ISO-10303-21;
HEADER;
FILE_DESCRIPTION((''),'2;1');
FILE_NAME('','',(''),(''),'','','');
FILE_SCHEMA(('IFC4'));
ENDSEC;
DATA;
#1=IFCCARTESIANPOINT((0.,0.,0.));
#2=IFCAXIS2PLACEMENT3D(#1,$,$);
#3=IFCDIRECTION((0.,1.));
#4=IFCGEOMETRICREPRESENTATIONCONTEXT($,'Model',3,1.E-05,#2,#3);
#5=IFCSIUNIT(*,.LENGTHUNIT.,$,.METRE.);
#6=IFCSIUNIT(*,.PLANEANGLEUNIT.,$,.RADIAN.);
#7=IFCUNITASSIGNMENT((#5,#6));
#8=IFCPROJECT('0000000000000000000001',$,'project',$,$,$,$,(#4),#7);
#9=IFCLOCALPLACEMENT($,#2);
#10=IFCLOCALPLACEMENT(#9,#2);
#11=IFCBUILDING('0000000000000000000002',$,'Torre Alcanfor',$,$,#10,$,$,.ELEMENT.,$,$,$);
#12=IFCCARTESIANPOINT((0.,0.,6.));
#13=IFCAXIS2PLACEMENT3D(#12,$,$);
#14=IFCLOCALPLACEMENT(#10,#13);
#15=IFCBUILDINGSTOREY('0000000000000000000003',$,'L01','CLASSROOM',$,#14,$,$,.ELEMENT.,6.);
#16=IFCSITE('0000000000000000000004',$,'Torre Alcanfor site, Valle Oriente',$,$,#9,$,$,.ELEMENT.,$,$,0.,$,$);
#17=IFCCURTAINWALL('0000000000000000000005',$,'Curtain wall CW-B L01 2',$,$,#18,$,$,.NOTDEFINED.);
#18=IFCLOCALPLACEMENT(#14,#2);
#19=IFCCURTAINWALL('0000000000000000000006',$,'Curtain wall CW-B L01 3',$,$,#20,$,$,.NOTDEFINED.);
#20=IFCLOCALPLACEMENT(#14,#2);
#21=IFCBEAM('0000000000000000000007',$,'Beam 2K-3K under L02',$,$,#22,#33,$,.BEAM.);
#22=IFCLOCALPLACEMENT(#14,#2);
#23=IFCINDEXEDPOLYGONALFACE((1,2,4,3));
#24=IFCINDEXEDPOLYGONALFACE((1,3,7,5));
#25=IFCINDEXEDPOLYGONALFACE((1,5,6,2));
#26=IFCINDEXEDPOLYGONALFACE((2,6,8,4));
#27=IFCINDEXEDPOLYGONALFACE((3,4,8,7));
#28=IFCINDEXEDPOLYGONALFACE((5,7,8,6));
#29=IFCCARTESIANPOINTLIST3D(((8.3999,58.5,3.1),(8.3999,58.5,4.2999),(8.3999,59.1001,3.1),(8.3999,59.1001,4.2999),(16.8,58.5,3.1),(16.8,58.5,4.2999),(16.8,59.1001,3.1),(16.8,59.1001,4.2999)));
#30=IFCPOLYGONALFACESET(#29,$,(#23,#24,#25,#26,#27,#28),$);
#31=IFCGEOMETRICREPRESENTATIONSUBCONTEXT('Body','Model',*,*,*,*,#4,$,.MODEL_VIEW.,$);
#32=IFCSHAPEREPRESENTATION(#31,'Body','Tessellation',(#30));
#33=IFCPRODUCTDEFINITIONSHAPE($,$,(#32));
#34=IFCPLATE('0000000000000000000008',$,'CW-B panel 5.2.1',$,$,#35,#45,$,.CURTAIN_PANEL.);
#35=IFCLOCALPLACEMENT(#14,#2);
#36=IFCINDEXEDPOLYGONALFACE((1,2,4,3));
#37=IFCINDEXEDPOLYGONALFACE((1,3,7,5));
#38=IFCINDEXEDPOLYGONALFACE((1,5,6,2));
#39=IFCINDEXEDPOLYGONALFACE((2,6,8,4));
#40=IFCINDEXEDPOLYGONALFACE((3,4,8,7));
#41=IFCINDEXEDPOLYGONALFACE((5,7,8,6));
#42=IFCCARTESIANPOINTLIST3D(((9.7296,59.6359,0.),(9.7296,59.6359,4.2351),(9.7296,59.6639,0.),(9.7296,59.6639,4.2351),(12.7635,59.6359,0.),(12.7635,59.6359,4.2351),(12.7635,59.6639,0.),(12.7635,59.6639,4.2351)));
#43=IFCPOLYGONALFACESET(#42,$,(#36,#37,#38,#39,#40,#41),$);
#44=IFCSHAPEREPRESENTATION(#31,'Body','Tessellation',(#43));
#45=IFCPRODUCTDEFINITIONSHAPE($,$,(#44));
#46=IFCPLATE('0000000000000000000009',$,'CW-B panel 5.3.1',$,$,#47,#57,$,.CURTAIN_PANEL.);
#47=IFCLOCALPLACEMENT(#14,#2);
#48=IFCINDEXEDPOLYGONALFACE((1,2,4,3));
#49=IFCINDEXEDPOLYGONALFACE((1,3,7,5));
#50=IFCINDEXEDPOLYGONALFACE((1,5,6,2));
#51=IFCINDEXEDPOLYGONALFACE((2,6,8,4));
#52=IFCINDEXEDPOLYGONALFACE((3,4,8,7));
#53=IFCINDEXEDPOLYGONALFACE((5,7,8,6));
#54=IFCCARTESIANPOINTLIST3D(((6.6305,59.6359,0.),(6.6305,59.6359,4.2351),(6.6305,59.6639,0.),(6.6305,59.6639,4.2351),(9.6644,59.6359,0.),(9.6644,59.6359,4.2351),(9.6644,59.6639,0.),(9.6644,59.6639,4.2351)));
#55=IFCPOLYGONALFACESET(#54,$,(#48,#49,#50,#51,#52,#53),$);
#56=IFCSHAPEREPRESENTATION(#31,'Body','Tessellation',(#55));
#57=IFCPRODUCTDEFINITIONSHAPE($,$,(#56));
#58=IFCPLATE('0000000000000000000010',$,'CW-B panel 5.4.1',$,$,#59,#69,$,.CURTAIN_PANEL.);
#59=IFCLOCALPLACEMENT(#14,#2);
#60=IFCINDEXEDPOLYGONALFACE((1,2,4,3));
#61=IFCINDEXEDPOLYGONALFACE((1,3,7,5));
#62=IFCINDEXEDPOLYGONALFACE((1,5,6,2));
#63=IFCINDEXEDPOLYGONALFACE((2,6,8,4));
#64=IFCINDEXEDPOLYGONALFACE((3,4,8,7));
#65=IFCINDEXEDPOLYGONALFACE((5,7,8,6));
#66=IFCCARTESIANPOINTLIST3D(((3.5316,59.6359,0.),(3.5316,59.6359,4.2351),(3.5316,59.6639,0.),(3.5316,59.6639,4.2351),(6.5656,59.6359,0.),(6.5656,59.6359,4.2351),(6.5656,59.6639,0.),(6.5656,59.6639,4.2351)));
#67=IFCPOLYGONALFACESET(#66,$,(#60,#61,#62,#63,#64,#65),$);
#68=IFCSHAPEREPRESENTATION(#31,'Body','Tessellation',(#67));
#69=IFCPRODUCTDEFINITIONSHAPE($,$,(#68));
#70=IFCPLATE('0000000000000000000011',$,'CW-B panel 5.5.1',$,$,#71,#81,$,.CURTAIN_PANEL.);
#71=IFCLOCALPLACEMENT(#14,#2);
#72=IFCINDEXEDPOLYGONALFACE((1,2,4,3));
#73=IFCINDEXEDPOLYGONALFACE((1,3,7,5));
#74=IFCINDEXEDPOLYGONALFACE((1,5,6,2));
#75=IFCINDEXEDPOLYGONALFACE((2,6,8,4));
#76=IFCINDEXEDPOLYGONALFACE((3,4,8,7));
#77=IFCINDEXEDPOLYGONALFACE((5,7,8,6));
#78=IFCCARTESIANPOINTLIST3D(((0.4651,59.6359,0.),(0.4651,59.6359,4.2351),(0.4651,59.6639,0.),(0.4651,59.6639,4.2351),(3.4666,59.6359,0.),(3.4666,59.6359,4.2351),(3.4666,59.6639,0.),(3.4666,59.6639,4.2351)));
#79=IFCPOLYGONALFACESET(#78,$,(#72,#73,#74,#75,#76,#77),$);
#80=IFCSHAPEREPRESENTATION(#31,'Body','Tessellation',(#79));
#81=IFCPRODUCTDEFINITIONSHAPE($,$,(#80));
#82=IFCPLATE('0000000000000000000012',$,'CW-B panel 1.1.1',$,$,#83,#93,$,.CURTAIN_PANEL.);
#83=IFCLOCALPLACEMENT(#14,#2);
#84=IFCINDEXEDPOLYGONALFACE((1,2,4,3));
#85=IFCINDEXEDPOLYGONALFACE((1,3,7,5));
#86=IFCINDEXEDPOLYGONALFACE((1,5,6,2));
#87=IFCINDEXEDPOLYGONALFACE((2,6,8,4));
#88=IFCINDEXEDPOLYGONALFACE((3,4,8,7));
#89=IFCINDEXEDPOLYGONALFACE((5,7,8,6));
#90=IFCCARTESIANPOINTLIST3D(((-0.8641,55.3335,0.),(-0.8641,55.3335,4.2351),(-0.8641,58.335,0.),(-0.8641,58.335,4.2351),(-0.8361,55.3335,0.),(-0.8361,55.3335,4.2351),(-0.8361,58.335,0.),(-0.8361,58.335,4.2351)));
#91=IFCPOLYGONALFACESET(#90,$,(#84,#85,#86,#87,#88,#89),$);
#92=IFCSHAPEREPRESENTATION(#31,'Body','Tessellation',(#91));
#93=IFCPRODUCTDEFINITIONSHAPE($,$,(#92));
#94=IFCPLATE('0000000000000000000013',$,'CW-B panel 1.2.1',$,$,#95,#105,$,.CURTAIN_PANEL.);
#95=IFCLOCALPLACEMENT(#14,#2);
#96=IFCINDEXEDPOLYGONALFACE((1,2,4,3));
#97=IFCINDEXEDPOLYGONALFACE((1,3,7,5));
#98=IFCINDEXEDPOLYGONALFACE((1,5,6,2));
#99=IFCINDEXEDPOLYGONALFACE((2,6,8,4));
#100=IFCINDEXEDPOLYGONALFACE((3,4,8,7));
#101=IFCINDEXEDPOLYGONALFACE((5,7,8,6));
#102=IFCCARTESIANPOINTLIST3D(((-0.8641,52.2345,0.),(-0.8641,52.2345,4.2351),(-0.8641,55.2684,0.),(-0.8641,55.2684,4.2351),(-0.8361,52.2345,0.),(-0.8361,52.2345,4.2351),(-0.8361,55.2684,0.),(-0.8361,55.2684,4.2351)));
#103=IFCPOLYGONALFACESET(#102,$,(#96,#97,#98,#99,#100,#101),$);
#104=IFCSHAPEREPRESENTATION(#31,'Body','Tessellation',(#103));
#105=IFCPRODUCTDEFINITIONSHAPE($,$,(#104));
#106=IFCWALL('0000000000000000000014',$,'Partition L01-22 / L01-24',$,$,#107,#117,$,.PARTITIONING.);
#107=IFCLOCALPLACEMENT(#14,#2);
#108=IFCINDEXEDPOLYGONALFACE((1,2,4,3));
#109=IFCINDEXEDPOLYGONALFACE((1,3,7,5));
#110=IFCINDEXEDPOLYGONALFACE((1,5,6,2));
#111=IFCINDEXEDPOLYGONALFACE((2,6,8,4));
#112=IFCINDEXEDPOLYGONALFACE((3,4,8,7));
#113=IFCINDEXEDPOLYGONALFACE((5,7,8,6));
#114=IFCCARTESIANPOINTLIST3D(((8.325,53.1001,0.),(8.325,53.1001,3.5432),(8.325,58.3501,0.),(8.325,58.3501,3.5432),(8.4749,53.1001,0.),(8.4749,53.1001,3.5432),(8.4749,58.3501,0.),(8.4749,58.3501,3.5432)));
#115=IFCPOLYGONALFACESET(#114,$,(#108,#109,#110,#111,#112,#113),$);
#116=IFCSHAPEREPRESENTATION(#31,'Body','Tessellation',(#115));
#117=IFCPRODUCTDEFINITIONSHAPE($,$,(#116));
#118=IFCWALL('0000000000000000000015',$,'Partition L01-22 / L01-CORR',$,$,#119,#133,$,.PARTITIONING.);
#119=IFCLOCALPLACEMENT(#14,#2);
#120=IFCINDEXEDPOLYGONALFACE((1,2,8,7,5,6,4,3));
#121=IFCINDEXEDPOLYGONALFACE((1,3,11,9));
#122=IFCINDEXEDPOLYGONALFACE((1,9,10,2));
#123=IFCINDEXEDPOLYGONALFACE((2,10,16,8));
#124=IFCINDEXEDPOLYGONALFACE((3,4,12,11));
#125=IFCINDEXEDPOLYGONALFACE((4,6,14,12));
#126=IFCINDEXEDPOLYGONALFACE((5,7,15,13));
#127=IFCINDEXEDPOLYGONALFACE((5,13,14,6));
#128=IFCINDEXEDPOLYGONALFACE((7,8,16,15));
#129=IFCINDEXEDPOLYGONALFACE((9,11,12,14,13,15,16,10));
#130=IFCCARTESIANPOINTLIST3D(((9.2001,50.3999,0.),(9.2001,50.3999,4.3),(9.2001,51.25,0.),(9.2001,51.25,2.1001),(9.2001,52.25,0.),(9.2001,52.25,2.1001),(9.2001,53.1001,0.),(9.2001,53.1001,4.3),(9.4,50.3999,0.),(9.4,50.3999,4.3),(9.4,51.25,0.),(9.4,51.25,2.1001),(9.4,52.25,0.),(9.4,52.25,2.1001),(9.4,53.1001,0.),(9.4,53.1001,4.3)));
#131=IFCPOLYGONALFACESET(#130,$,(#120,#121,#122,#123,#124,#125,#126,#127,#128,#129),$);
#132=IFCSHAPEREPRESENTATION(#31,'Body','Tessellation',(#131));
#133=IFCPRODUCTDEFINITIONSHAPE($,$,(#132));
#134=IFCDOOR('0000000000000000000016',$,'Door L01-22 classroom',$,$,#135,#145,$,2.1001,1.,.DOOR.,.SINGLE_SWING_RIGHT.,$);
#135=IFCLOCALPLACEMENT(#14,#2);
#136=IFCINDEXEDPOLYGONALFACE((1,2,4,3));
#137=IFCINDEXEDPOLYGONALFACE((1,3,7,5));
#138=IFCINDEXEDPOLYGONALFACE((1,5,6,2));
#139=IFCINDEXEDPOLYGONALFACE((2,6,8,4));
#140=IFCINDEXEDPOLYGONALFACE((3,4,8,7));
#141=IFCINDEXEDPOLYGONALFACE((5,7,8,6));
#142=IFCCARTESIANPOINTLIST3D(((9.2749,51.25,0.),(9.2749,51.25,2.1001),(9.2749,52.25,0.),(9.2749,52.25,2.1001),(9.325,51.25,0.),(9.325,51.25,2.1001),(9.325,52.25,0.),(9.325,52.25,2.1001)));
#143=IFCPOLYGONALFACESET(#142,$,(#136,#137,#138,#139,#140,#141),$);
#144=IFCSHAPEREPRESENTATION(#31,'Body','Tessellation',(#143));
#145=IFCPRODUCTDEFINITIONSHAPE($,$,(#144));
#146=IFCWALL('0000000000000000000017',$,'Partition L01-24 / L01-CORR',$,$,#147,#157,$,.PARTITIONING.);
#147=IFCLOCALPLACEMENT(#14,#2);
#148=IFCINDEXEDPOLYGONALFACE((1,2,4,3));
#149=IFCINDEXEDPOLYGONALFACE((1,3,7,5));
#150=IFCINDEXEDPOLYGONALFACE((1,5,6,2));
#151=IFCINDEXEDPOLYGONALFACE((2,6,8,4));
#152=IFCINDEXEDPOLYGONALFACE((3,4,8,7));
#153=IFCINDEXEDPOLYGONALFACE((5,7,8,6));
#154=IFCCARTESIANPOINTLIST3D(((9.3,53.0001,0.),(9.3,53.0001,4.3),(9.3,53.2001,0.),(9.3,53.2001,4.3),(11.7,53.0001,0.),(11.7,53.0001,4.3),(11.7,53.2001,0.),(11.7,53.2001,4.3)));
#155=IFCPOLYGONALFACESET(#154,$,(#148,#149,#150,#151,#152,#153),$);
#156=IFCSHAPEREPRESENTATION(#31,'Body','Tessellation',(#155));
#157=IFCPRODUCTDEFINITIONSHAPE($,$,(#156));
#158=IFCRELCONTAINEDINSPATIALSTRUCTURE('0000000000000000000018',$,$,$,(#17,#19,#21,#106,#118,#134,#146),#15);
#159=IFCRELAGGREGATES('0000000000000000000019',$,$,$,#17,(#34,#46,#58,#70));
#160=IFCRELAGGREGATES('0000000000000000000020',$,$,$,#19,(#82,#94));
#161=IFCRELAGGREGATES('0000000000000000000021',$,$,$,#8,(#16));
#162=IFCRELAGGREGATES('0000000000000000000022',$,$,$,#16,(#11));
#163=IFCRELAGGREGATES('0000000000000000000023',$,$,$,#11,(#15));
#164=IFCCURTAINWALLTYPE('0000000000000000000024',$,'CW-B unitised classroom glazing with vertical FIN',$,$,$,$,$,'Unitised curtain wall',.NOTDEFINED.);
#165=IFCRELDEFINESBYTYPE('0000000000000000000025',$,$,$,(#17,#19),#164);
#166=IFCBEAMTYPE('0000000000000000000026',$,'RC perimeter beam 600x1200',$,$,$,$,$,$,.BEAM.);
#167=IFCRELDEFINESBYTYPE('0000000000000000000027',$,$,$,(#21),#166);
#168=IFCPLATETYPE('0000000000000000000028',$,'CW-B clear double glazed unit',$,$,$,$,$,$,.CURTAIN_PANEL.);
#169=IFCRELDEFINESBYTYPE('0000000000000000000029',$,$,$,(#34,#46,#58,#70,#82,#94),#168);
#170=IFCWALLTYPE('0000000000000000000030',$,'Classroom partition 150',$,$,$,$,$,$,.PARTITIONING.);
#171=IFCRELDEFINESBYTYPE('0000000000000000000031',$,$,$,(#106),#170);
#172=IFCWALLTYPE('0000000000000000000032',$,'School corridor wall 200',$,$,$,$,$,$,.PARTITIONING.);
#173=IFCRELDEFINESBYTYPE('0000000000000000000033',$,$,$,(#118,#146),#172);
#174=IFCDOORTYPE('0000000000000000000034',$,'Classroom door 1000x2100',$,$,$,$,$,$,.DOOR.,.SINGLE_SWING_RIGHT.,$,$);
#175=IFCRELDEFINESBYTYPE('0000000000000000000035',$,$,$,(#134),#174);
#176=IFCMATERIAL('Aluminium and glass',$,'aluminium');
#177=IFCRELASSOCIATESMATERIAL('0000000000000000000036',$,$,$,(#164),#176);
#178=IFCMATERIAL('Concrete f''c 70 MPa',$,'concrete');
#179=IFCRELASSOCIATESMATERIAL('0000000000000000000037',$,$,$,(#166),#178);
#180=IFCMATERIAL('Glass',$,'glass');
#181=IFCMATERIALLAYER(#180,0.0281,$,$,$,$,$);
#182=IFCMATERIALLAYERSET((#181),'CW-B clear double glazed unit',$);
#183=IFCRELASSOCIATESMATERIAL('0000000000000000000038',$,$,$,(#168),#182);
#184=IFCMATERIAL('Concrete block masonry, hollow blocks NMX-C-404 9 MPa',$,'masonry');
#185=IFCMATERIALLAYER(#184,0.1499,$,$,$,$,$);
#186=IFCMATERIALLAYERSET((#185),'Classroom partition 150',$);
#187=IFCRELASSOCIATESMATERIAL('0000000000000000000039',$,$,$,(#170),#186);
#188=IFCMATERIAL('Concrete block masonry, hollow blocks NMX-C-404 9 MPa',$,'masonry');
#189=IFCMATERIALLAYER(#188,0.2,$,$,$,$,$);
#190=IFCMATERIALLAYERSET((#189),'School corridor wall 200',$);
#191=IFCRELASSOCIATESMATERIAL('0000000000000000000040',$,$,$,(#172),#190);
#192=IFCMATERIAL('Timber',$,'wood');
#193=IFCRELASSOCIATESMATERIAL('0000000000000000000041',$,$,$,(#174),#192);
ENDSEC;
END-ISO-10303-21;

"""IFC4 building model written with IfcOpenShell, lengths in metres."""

from ifc_helpers import new_model, si_unit, direction, frame, frame_2d, origin, origin_2d, place, context, subcontext, project, spatial, rectangle, extrude, material, layer, layer_set, material_profile, profile_set, type_object, element, fill, aggregate, save


model = new_model("IFC4")

# Units and contexts
model_context = context("Model", 3, precision=1e-05, world=origin(), true_north=direction((0.0, 1.0)))
body_context = subcontext(model_context, "Body", "Model", "MODEL_VIEW")
ifc_project = project(units=[si_unit("LENGTHUNIT", "METRE"), si_unit("PLANEANGLEUNIT", "RADIAN")], contexts=[model_context])

# Site, building, storey
site_placement = place(None, origin())
site = spatial("IfcSite", under=ifc_project, at=site_placement, Name="Torre Alcanfor site, Valle Oriente", CompositionType="ELEMENT", RefElevation=0.0)
building_placement = place(site_placement, origin())
building = spatial("IfcBuilding", under=site, at=building_placement, Name="Torre Alcanfor", CompositionType="ELEMENT")
storey_placement = place(building_placement, frame((0.0, 0.0, 6.0)))
storey = spatial("IfcBuildingStorey", under=building, at=storey_placement, Name="L01", Description="CLASSROOM", CompositionType="ELEMENT", Elevation=6.0)

# Curtain walls
ifc_material_1 = material(Name="Aluminium and glass", Category="aluminium")
curtain_wall_type = type_object("IfcCurtainWallType", Name="CW-B unitised classroom glazing with vertical FIN", ElementType="Unitised curtain wall", PredefinedType="NOTDEFINED", material=ifc_material_1)
curtain_wall_1_placement = place(storey_placement, origin())
curtain_wall_1 = element("IfcCurtainWall", 1, at=curtain_wall_1_placement, inside=storey, type_object=curtain_wall_type, Name="Curtain wall CW-B L01 2", PredefinedType="NOTDEFINED")
curtain_wall_2_placement = place(storey_placement, origin())
curtain_wall_2 = element("IfcCurtainWall", 2, at=curtain_wall_2_placement, inside=storey, type_object=curtain_wall_type, Name="Curtain wall CW-B L01 3", PredefinedType="NOTDEFINED")

# Beam
ifc_material_2 = material(Name="Concrete f'c 70 MPa", Category="concrete")
ifc_material_profile_1 = material_profile(ifc_material_2, rectangle(XDim=0.6001, YDim=1.2, at=origin_2d()), Name="600x1200")
ifc_profile_set_1 = profile_set([ifc_material_profile_1], Name="Concrete f'c 70 MPa")
beam_type = type_object("IfcBeamType", Name="RC perimeter beam 600x1200", PredefinedType="BEAM", material=ifc_profile_set_1)
beam_1_placement = place(storey_placement, frame((8.3999, 58.8, 3.7), z_axis=(1.0, 0.0, 0.0), x_axis=(0.0, 1.0, 0.0)))
element("IfcBeam", 3, at=beam_1_placement, inside=storey, type_object=beam_type, Name="Beam 2K-3K under L02", PredefinedType="BEAM", context=body_context, shape_type="SweptSolid", body=[
    extrude(rectangle(XDim=0.6001, YDim=1.2, at=origin_2d()), origin(), (0.0, 0.0, 1.0), 8.4001),
])

# Plates
ifc_material_3 = material(Name="Glass", Category="glass")
ifc_layer_1 = layer(ifc_material_3, 0.0281)
ifc_layer_set_1 = layer_set([ifc_layer_1], Name="CW-B clear double glazed unit")
plate_type = type_object("IfcPlateType", Name="CW-B clear double glazed unit", PredefinedType="CURTAIN_PANEL", material=ifc_layer_set_1)
plate_1_placement = place(storey_placement, frame((11.2466, 59.6499, 0.0), z_axis=(0.0, 0.0, 1.0), x_axis=(-1.0, 0.0, 0.0)))
plate_1 = element("IfcPlate", 4, at=plate_1_placement, type_object=plate_type, Name="CW-B panel 5.2.1", PredefinedType="CURTAIN_PANEL", context=body_context, shape_type="SweptSolid", body=[
    extrude(rectangle(XDim=3.0339, YDim=0.0281, at=origin_2d()), origin(), (0.0, 0.0, 1.0), 4.2351),
])
plate_2_placement = place(storey_placement, frame((8.1475, 59.6499, 0.0), z_axis=(0.0, 0.0, 1.0), x_axis=(-1.0, 0.0, 0.0)))
plate_2 = element("IfcPlate", 5, at=plate_2_placement, type_object=plate_type, Name="CW-B panel 5.3.1", PredefinedType="CURTAIN_PANEL", context=body_context, shape_type="SweptSolid", body=[
    extrude(rectangle(XDim=3.0339, YDim=0.0281, at=origin_2d()), origin(), (0.0, 0.0, 1.0), 4.2351),
])
plate_3_placement = place(storey_placement, frame((5.0486, 59.6499, 0.0), z_axis=(0.0, 0.0, 1.0), x_axis=(-1.0, 0.0, 0.0)))
plate_3 = element("IfcPlate", 6, at=plate_3_placement, type_object=plate_type, Name="CW-B panel 5.4.1", PredefinedType="CURTAIN_PANEL", context=body_context, shape_type="SweptSolid", body=[
    extrude(rectangle(XDim=3.0339, YDim=0.0281, at=origin_2d()), origin(), (0.0, 0.0, 1.0), 4.2351),
])
plate_4_placement = place(storey_placement, frame((1.9658, 59.6499, 0.0), z_axis=(0.0, 0.0, 1.0), x_axis=(-1.0, 0.0, 0.0)))
plate_4 = element("IfcPlate", 7, at=plate_4_placement, type_object=plate_type, Name="CW-B panel 5.5.1", PredefinedType="CURTAIN_PANEL", context=body_context, shape_type="SweptSolid", body=[
    extrude(rectangle(XDim=3.0015, YDim=0.0281, at=origin_2d()), origin(), (0.0, 0.0, 1.0), 4.2351),
])
aggregate(curtain_wall_1, [plate_1, plate_2, plate_3, plate_4])
plate_5_placement = place(storey_placement, frame((-0.8501, 56.8342, 0.0), z_axis=(0.0, 0.0, 1.0), x_axis=(0.0, -1.0, 0.0)))
plate_5 = element("IfcPlate", 8, at=plate_5_placement, type_object=plate_type, Name="CW-B panel 1.1.1", PredefinedType="CURTAIN_PANEL", context=body_context, shape_type="SweptSolid", body=[
    extrude(rectangle(XDim=3.0015, YDim=0.0281, at=origin_2d()), origin(), (0.0, 0.0, 1.0), 4.2351),
])
plate_6_placement = place(storey_placement, frame((-0.8501, 53.7515, 0.0), z_axis=(0.0, 0.0, 1.0), x_axis=(0.0, -1.0, 0.0)))
plate_6 = element("IfcPlate", 9, at=plate_6_placement, type_object=plate_type, Name="CW-B panel 1.2.1", PredefinedType="CURTAIN_PANEL", context=body_context, shape_type="SweptSolid", body=[
    extrude(rectangle(XDim=3.0339, YDim=0.0281, at=origin_2d()), origin(), (0.0, 0.0, 1.0), 4.2351),
])
aggregate(curtain_wall_2, [plate_5, plate_6])

# Wall
ifc_material_4 = material(Name="Concrete block masonry, hollow blocks NMX-C-404 9 MPa", Category="masonry")
ifc_layer_2 = layer(ifc_material_4, 0.1499)
ifc_layer_set_2 = layer_set([ifc_layer_2], Name="Classroom partition 150")
wall_type_1 = type_object("IfcWallType", Name="Classroom partition 150", PredefinedType="PARTITIONING", material=ifc_layer_set_2)
wall_1_placement = place(storey_placement, frame((8.3999, 58.3501, 0.0), z_axis=(0.0, 0.0, 1.0), x_axis=(0.0, -1.0, 0.0)))
element("IfcWall", 10, at=wall_1_placement, inside=storey, type_object=wall_type_1, Name="Partition L01-22 / L01-24", PredefinedType="PARTITIONING", context=body_context, shape_type="SweptSolid", body=[
    extrude(rectangle(XDim=5.25, YDim=0.1499, at=frame_2d((2.625, 0.0))), origin(), (0.0, 0.0, 1.0), 3.5432),
])

# Wall, opening, door
ifc_material_5 = material(Name="Concrete block masonry, hollow blocks NMX-C-404 9 MPa", Category="masonry")
ifc_layer_3 = layer(ifc_material_5, 0.2)
ifc_layer_set_3 = layer_set([ifc_layer_3], Name="School corridor wall 200")
wall_type_2 = type_object("IfcWallType", Name="School corridor wall 200", PredefinedType="PARTITIONING", material=ifc_layer_set_3)
wall_2_placement = place(storey_placement, frame((9.3, 53.1001, 0.0), z_axis=(0.0, 0.0, 1.0), x_axis=(0.0, -1.0, 0.0)))
wall_2 = element("IfcWall", 11, at=wall_2_placement, inside=storey, type_object=wall_type_2, Name="Partition L01-22 / L01-CORR", PredefinedType="PARTITIONING", context=body_context, shape_type="SweptSolid", body=[
    extrude(rectangle(XDim=2.7002, YDim=0.2, at=frame_2d((1.3501, 0.0))), origin(), (0.0, 0.0, 1.0), 4.3),
])
opening_placement = place(wall_2_placement, frame((0.8501, 0.0, 0.0)))
opening = element("IfcOpeningElement", 12, at=opening_placement, cuts=wall_2, PredefinedType="OPENING", context=body_context, shape_type="SweptSolid", body=[
    extrude(rectangle(XDim=1.0, YDim=2.1001, at=frame_2d((0.5, 1.05))), frame((0.0, 0.1099, 0.0), z_axis=(0.0, -1.0, 0.0), x_axis=(1.0, 0.0, 0.0)), (0.0, 0.0, 1.0), 0.22),
])
ifc_material_6 = material(Name="Timber", Category="wood")
door_type = type_object("IfcDoorType", Name="Classroom door 1000x2100", OperationType="SINGLE_SWING_RIGHT", PredefinedType="DOOR", material=ifc_material_6)
door_placement = place(opening_placement, frame((1.0, 0.0, 0.0), z_axis=(0.0, 0.0, 1.0), x_axis=(-1.0, 0.0, 0.0)))
door = element("IfcDoor", 13, at=door_placement, inside=storey, type_object=door_type, Name="Door L01-22 classroom", OperationType="SINGLE_SWING_RIGHT", OverallHeight=2.1001, OverallWidth=1.0, PredefinedType="DOOR", context=body_context, shape_type="SweptSolid", body=[
    extrude(rectangle(XDim=1.0, YDim=2.1001, at=frame_2d((0.5, 1.05))), frame((0.0, 0.0251, 0.0), z_axis=(0.0, -1.0, 0.0), x_axis=(1.0, 0.0, 0.0)), (0.0, 0.0, 1.0), 0.05),
])
fill(opening, door)

# Wall
wall_3_placement = place(storey_placement, frame((11.7, 53.1001, 0.0), z_axis=(0.0, 0.0, 1.0), x_axis=(-1.0, 0.0, 0.0)))
element("IfcWall", 14, at=wall_3_placement, inside=storey, type_object=wall_type_2, Name="Partition L01-24 / L01-CORR", PredefinedType="PARTITIONING", context=body_context, shape_type="SweptSolid", body=[
    extrude(rectangle(XDim=2.3999, YDim=0.2, at=frame_2d((1.2, 0.0))), origin(), (0.0, 0.0, 1.0), 4.3),
])

save(model, "model.ifc")
